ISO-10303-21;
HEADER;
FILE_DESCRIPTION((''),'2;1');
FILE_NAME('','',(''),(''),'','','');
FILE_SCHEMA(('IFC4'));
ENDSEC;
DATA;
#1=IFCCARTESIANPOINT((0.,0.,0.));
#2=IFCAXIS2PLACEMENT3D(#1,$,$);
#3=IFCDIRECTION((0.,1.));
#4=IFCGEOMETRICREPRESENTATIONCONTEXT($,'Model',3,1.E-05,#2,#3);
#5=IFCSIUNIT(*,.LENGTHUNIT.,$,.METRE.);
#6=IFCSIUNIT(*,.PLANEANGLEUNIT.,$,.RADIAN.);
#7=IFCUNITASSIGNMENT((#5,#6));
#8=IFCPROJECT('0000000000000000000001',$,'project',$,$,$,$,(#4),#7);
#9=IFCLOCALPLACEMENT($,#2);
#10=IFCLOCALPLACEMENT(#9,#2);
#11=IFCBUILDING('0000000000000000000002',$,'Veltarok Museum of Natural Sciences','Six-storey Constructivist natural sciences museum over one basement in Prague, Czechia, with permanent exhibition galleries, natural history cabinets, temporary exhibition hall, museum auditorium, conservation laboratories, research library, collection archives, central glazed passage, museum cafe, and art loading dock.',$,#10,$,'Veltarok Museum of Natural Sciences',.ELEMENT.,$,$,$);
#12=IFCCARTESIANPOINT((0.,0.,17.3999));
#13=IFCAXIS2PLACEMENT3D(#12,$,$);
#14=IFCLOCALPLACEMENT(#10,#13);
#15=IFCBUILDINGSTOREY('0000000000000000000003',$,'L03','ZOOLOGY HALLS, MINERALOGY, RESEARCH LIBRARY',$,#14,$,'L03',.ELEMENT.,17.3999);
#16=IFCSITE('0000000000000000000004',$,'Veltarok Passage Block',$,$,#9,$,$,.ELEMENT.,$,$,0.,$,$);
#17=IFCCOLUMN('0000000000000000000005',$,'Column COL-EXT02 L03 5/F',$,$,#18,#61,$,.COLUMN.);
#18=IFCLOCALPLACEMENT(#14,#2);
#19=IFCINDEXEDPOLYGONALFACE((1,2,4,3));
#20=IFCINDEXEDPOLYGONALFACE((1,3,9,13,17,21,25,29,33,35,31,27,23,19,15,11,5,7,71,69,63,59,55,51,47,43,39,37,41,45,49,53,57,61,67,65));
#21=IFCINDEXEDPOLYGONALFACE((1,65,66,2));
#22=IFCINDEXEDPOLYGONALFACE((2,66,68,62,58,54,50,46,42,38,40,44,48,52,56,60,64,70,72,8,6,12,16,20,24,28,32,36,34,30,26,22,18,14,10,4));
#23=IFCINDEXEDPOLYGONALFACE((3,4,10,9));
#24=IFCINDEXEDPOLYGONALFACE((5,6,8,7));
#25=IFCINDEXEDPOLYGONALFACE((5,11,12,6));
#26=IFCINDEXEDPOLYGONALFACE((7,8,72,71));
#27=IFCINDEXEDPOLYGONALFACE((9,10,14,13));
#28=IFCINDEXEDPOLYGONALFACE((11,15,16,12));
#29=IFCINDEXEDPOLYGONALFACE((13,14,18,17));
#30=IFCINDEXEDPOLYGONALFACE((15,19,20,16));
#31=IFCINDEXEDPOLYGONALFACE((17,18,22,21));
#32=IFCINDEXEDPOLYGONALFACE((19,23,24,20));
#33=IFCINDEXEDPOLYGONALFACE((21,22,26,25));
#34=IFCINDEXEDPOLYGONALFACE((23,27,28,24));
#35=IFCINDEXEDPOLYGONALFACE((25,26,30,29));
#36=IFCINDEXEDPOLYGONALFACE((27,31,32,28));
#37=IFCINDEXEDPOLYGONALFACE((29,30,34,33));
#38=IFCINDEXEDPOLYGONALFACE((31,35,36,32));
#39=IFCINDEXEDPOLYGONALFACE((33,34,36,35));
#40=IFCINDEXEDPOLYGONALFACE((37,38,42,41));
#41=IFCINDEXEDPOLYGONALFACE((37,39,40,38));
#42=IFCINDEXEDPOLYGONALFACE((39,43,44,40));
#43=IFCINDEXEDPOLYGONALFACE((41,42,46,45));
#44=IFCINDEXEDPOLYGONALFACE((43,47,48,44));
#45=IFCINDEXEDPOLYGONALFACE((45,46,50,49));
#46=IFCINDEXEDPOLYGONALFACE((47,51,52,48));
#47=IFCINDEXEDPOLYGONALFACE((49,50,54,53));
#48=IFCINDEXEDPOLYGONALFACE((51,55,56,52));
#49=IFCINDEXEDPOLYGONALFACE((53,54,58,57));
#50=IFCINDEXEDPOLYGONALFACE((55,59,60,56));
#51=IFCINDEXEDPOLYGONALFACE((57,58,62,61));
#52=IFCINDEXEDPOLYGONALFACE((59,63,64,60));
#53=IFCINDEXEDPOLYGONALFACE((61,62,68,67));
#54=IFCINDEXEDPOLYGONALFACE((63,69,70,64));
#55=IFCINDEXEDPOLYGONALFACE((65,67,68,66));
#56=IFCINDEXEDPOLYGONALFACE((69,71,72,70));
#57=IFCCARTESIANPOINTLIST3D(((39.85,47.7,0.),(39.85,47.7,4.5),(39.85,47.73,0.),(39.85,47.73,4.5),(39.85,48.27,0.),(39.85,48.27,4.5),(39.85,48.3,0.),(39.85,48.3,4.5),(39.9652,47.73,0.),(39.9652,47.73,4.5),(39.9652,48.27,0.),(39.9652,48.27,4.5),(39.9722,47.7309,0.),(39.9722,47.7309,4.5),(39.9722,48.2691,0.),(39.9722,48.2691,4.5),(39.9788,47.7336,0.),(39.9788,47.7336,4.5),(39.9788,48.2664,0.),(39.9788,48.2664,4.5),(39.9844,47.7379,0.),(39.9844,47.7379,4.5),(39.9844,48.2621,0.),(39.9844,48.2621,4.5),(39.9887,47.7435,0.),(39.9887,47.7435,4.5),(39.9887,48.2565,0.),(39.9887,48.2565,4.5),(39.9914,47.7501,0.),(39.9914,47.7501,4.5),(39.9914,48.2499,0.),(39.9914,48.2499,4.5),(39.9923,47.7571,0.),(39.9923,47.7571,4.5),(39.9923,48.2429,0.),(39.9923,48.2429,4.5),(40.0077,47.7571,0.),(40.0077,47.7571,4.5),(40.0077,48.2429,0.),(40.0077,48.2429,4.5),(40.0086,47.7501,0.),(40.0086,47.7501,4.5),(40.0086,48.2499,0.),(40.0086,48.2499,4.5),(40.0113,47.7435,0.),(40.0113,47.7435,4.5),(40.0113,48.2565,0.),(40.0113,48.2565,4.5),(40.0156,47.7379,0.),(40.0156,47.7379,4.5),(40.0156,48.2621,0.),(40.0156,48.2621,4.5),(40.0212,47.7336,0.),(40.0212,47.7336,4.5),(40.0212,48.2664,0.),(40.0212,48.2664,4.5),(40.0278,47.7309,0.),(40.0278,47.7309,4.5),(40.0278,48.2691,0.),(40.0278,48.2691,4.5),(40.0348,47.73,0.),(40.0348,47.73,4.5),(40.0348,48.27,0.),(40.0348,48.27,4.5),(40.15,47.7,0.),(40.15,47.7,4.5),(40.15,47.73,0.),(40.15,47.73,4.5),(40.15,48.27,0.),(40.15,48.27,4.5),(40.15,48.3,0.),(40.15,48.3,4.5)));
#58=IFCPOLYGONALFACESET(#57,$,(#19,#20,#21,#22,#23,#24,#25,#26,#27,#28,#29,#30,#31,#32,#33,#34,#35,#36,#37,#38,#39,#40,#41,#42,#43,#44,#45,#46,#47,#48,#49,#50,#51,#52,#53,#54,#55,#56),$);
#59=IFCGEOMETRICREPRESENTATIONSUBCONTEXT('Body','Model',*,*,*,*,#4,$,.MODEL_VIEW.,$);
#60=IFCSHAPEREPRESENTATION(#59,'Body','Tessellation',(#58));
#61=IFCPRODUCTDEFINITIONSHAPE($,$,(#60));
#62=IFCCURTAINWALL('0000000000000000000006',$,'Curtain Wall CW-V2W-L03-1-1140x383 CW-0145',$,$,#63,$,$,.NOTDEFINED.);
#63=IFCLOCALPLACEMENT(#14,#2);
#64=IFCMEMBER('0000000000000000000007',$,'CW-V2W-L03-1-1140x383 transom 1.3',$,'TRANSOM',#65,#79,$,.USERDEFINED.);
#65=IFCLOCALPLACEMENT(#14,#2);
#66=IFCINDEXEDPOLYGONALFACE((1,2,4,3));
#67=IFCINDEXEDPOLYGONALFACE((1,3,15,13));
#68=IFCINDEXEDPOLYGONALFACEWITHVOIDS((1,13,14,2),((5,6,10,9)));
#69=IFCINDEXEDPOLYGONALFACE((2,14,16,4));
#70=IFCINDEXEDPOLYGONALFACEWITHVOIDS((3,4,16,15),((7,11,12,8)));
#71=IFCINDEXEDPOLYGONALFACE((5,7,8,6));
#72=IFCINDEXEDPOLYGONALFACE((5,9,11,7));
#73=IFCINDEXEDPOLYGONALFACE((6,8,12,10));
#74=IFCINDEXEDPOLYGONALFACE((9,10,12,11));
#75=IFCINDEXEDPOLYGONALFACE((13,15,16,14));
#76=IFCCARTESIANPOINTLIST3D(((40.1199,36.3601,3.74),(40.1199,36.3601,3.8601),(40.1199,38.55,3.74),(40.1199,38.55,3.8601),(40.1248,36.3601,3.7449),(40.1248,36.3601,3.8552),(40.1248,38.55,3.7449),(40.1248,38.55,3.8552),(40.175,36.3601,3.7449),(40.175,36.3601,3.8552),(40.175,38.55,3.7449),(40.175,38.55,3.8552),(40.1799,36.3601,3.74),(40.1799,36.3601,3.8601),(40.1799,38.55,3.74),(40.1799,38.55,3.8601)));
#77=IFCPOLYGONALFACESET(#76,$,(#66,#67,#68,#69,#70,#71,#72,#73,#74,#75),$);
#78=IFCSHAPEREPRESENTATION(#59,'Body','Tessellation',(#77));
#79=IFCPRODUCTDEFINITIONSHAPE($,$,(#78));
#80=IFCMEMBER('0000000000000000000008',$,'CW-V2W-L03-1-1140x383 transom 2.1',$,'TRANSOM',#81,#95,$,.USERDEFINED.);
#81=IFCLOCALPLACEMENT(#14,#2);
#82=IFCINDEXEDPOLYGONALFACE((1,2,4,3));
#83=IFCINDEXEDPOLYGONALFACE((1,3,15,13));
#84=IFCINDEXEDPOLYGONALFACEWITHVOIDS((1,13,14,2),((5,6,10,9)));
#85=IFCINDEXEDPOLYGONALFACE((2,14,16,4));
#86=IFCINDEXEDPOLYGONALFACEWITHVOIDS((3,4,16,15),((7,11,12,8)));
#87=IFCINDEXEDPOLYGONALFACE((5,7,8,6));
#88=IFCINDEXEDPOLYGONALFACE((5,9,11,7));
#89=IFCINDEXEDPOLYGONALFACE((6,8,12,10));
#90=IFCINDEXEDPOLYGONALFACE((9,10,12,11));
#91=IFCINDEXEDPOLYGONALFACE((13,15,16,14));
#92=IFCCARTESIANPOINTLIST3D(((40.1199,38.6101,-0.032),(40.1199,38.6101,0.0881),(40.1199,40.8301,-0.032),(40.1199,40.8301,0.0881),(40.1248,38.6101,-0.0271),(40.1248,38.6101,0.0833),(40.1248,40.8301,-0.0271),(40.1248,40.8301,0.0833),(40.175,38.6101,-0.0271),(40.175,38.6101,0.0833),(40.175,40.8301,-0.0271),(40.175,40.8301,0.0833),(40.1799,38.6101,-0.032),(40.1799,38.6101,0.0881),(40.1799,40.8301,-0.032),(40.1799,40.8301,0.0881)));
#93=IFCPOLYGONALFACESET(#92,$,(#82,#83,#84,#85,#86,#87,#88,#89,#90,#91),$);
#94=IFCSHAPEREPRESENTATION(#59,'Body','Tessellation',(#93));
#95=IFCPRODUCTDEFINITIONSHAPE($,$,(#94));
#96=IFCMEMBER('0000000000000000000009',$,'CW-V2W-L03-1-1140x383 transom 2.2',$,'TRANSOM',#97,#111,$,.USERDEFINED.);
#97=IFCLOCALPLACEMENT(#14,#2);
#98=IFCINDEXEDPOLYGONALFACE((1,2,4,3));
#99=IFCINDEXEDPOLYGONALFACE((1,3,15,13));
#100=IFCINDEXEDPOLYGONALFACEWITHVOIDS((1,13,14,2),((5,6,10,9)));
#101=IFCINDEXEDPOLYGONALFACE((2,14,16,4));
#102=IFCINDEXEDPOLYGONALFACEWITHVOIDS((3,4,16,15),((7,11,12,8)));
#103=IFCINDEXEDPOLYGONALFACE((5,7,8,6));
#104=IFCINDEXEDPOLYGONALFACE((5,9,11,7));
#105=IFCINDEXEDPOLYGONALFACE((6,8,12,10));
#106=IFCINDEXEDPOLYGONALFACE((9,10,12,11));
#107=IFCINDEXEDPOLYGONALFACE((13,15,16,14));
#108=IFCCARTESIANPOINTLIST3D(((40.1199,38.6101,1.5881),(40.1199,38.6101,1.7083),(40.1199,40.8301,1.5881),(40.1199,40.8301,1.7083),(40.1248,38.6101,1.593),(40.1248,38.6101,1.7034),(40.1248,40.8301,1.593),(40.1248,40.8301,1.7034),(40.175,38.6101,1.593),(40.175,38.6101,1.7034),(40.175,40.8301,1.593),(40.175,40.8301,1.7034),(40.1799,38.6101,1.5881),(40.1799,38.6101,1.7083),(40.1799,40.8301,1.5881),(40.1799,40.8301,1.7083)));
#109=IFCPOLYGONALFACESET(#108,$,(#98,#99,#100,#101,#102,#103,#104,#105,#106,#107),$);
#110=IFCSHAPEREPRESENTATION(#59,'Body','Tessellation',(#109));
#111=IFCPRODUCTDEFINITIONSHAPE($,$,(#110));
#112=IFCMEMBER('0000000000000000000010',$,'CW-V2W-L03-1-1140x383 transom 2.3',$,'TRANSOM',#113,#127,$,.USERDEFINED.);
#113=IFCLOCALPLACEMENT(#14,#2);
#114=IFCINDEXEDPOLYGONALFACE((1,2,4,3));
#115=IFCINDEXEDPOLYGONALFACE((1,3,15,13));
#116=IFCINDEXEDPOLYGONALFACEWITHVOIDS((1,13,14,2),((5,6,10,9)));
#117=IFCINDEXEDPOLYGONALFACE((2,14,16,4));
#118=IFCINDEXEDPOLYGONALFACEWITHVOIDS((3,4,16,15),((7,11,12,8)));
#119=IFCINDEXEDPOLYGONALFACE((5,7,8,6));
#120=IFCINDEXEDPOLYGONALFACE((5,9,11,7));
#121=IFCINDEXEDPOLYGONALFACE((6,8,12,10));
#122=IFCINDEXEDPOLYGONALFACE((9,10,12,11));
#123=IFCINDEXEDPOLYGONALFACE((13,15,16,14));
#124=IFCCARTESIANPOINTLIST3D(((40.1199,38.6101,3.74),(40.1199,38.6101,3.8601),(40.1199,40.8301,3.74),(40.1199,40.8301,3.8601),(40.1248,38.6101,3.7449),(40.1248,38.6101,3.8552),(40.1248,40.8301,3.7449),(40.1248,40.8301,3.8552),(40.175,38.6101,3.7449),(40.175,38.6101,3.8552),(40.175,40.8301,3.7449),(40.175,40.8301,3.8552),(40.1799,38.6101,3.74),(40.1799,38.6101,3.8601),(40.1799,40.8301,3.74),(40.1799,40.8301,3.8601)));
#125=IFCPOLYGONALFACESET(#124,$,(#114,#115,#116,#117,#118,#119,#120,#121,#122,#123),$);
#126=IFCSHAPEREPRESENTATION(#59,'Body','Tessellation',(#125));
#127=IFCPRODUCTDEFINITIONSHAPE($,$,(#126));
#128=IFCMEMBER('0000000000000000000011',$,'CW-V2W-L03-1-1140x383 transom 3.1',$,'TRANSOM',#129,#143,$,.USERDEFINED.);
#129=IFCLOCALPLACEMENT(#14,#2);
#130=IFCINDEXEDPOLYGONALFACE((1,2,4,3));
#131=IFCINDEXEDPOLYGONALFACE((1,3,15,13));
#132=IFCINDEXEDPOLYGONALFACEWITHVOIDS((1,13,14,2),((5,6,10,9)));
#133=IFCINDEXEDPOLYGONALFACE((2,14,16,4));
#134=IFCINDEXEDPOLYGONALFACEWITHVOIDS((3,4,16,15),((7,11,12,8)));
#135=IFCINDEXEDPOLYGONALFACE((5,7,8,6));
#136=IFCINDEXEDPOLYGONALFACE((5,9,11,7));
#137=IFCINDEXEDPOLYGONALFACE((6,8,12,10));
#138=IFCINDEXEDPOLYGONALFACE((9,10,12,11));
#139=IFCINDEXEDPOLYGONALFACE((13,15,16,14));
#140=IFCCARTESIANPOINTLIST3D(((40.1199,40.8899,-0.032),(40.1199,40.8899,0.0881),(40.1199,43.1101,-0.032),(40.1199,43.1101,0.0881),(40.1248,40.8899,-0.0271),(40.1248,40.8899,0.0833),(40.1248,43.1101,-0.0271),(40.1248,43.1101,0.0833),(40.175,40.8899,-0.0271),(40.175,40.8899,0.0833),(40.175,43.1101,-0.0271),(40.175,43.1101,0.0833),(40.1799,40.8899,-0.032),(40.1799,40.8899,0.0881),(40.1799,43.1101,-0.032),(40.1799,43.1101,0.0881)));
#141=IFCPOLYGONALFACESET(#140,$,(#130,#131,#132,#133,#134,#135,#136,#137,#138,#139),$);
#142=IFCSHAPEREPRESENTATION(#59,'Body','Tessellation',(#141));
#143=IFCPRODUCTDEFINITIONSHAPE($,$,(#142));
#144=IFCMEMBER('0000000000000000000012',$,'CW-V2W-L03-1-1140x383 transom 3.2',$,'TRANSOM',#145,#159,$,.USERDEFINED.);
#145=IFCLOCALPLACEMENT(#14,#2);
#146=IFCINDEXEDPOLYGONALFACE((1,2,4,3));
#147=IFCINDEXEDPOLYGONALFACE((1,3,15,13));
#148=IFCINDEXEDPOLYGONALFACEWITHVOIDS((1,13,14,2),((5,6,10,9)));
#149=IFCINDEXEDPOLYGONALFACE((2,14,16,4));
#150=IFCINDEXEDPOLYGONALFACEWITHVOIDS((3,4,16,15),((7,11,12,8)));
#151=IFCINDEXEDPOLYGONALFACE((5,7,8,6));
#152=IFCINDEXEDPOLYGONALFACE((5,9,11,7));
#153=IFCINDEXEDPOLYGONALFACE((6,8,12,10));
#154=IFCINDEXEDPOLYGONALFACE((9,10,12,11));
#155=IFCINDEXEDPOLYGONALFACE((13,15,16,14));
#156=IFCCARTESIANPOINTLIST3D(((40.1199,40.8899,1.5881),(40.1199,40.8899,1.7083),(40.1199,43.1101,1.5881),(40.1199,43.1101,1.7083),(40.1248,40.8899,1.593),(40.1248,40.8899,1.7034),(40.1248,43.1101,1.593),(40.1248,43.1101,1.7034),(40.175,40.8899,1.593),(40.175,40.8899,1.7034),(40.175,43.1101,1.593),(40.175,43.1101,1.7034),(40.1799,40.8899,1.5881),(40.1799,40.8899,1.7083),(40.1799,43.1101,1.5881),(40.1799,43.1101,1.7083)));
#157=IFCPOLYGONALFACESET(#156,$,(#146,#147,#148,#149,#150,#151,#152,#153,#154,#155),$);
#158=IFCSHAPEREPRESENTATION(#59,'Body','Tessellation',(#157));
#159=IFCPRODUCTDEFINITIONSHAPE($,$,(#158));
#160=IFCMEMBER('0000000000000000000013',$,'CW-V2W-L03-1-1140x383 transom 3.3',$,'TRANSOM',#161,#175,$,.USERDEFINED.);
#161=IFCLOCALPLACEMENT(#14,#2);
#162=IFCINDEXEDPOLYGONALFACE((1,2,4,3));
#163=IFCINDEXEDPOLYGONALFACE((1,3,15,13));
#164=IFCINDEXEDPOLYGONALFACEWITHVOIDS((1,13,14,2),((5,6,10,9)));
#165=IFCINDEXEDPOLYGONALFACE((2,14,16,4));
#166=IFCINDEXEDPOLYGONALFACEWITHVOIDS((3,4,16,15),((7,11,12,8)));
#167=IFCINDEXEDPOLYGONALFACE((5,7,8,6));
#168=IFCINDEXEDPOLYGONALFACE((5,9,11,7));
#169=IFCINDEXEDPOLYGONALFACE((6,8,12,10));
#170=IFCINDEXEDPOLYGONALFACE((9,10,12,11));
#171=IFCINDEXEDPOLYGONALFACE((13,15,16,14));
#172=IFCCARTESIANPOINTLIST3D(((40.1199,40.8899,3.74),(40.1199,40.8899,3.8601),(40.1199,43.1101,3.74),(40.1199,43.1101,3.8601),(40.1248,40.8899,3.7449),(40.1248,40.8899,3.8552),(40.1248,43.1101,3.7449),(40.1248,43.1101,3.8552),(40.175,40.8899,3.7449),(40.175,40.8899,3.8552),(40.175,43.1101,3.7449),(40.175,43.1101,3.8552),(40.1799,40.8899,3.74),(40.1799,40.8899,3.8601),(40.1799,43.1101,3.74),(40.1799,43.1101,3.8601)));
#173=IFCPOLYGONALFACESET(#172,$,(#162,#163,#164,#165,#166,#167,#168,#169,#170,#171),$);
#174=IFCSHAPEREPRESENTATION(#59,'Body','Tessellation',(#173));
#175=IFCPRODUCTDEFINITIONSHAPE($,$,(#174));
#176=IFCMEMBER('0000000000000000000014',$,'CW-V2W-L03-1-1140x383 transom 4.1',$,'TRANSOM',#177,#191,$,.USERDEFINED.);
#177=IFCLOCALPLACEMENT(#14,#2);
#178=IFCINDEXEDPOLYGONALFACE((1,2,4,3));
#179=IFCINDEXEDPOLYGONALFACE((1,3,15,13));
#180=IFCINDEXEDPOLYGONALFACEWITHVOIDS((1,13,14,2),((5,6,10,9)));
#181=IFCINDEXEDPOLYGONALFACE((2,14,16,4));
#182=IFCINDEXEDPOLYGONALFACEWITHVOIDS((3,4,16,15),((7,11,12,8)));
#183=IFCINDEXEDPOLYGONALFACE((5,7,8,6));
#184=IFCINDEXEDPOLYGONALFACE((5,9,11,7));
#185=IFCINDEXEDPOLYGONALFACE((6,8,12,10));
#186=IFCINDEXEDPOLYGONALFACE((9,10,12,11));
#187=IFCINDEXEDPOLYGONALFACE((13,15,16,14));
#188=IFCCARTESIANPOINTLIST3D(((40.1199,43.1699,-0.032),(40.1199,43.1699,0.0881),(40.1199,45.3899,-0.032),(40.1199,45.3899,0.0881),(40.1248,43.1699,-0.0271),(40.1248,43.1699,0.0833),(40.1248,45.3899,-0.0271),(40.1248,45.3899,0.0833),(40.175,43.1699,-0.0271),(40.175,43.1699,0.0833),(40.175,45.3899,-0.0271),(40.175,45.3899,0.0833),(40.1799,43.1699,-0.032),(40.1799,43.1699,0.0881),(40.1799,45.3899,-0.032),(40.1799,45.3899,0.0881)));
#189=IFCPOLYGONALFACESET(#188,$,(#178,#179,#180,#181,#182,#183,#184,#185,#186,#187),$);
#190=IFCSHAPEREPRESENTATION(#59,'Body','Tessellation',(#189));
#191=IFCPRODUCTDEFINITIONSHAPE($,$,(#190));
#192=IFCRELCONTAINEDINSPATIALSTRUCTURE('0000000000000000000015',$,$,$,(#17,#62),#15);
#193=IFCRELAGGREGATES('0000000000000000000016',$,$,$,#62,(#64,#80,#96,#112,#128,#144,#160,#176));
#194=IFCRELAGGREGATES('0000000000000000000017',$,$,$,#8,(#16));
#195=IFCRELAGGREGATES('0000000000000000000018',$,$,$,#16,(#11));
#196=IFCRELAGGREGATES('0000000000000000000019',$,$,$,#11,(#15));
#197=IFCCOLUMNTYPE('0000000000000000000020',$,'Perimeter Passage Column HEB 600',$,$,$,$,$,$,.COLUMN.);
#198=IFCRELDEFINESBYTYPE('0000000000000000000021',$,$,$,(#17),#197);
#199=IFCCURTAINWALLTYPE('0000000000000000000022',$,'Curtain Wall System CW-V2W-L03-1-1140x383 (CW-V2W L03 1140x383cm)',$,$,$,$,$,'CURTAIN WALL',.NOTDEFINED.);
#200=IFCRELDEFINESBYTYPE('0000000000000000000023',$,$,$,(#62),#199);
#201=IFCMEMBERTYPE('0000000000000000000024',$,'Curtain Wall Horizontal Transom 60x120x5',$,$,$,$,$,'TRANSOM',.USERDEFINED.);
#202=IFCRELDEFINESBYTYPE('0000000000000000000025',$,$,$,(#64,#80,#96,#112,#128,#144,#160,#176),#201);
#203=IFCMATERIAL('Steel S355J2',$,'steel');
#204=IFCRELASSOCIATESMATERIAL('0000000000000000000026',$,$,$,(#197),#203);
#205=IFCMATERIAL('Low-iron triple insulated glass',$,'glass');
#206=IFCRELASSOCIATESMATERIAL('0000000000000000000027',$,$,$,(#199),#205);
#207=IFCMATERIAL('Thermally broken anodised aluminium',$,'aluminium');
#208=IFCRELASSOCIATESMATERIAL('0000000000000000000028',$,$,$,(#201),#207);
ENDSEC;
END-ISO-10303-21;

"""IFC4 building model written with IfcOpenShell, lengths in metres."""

from ifc_helpers import new_model, si_unit, direction, frame, origin, origin_2d, place, context, subcontext, project, spatial, hollow_rectangle, i_section, extrude, material, material_profile, profile_set, type_object, element, aggregate, save


model = new_model("IFC4")

# Units and contexts
model_context = context("Model", 3, precision=1e-05, world=origin(), true_north=direction((0.0, 1.0)))
body_context = subcontext(model_context, "Body", "Model", "MODEL_VIEW")
ifc_project = project(units=[si_unit("LENGTHUNIT", "METRE"), si_unit("PLANEANGLEUNIT", "RADIAN")], contexts=[model_context])

# Site, building, storey
site_placement = place(None, origin())
site = spatial("IfcSite", under=ifc_project, at=site_placement, Name="Veltarok Passage Block", CompositionType="ELEMENT", RefElevation=0.0)
building_placement = place(site_placement, origin())
building = spatial("IfcBuilding", under=site, at=building_placement, Name="Veltarok Museum of Natural Sciences", Description="Six-storey Constructivist natural sciences museum over one basement in Prague, Czechia, with permanent exhibition galleries, natural history cabinets, temporary exhibition hall, museum auditorium, conservation laboratories, research library, collection archives, central glazed passage, museum cafe, and art loading dock.", LongName="Veltarok Museum of Natural Sciences", CompositionType="ELEMENT")
storey_placement = place(building_placement, frame((0.0, 0.0, 17.3999)))
storey = spatial("IfcBuildingStorey", under=building, at=storey_placement, Name="L03", Description="ZOOLOGY HALLS, MINERALOGY, RESEARCH LIBRARY", LongName="L03", CompositionType="ELEMENT", Elevation=17.3999)

# Column
ifc_material_1 = material(Name="Steel S355J2", Category="steel")
ifc_material_profile_1 = material_profile(ifc_material_1, i_section(OverallWidth=0.3, OverallDepth=0.6001, WebThickness=0.0154, FlangeThickness=0.03, FilletRadius=0.0271, at=origin_2d()), Name="HEB 600")
ifc_profile_set_1 = profile_set([ifc_material_profile_1], Name="Steel S355J2")
column_type = type_object("IfcColumnType", Name="Perimeter Passage Column HEB 600", PredefinedType="COLUMN", material=ifc_profile_set_1)
column_placement = place(storey_placement, frame((40.0, 48.0, 0.0), z_axis=(0.0, 0.0, 1.0), x_axis=(1.0, 0.0, 0.0)))
element("IfcColumn", 1, at=column_placement, inside=storey, type_object=column_type, Name="Column COL-EXT02 L03 5/F", PredefinedType="COLUMN", context=body_context, shape_type="SweptSolid", body=[
    extrude(i_section(OverallWidth=0.3, OverallDepth=0.6001, WebThickness=0.0154, FlangeThickness=0.03, FilletRadius=0.0271, at=origin_2d()), origin(), (0.0, 0.0, 1.0), 4.5),
])

# Curtain wall, members
ifc_material_2 = material(Name="Low-iron triple insulated glass", Category="glass")
curtain_wall_type_1 = type_object("IfcCurtainWallType", Name="Curtain Wall System CW-V2W-L03-1-1140x383 (CW-V2W L03 1140x383cm)", ElementType="CURTAIN WALL", PredefinedType="NOTDEFINED", material=ifc_material_2)
curtain_wall_1_placement = place(storey_placement, origin())
curtain_wall_1 = element("IfcCurtainWall", 2, at=curtain_wall_1_placement, inside=storey, type_object=curtain_wall_type_1, Name="Curtain Wall CW-V2W-L03-1-1140x383 CW-0145", PredefinedType="NOTDEFINED")
ifc_material_3 = material(Name="Thermally broken anodised aluminium", Category="aluminium")
ifc_material_profile_2 = material_profile(ifc_material_3, hollow_rectangle(XDim=0.0601, YDim=0.1201, WallThickness=0.0049, at=origin_2d()), Name="CW TRANSOM 60x120x5")
ifc_profile_set_2 = profile_set([ifc_material_profile_2], Name="Thermally broken anodised aluminium")
member_type_1 = type_object("IfcMemberType", Name="Curtain Wall Horizontal Transom 60x120x5", ElementType="TRANSOM", PredefinedType="USERDEFINED", material=ifc_profile_set_2)
member_1_placement = place(storey_placement, frame((40.1499, 36.3601, 3.8), z_axis=(0.0, 1.0, 0.0), x_axis=(-1.0, 0.0, 0.0)))
member_1 = element("IfcMember", 3, at=member_1_placement, type_object=member_type_1, Name="CW-V2W-L03-1-1140x383 transom 1.3", ObjectType="TRANSOM", PredefinedType="USERDEFINED", context=body_context, shape_type="SweptSolid", body=[
    extrude(hollow_rectangle(XDim=0.0601, YDim=0.1201, WallThickness=0.0049, at=origin_2d()), origin(), (0.0, 0.0, 1.0), 2.1899),
])
member_2_placement = place(storey_placement, frame((40.1499, 38.6101, 0.0281), z_axis=(0.0, 1.0, 0.0), x_axis=(-1.0, 0.0, 0.0)))
member_2 = element("IfcMember", 4, at=member_2_placement, type_object=member_type_1, Name="CW-V2W-L03-1-1140x383 transom 2.1", ObjectType="TRANSOM", PredefinedType="USERDEFINED", context=body_context, shape_type="SweptSolid", body=[
    extrude(hollow_rectangle(XDim=0.0601, YDim=0.1201, WallThickness=0.0049, at=origin_2d()), origin(), (0.0, 0.0, 1.0), 2.22),
])
member_3_placement = place(storey_placement, frame((40.1499, 38.6101, 1.6482), z_axis=(0.0, 1.0, 0.0), x_axis=(-1.0, 0.0, 0.0)))
member_3 = element("IfcMember", 5, at=member_3_placement, type_object=member_type_1, Name="CW-V2W-L03-1-1140x383 transom 2.2", ObjectType="TRANSOM", PredefinedType="USERDEFINED", context=body_context, shape_type="SweptSolid", body=[
    extrude(hollow_rectangle(XDim=0.0601, YDim=0.1201, WallThickness=0.0049, at=origin_2d()), origin(), (0.0, 0.0, 1.0), 2.22),
])
member_4_placement = place(storey_placement, frame((40.1499, 38.6101, 3.8), z_axis=(0.0, 1.0, 0.0), x_axis=(-1.0, 0.0, 0.0)))
member_4 = element("IfcMember", 6, at=member_4_placement, type_object=member_type_1, Name="CW-V2W-L03-1-1140x383 transom 2.3", ObjectType="TRANSOM", PredefinedType="USERDEFINED", context=body_context, shape_type="SweptSolid", body=[
    extrude(hollow_rectangle(XDim=0.0601, YDim=0.1201, WallThickness=0.0049, at=origin_2d()), origin(), (0.0, 0.0, 1.0), 2.22),
])
member_5_placement = place(storey_placement, frame((40.1499, 40.8899, 0.0281), z_axis=(0.0, 1.0, 0.0), x_axis=(-1.0, 0.0, 0.0)))
member_5 = element("IfcMember", 7, at=member_5_placement, type_object=member_type_1, Name="CW-V2W-L03-1-1140x383 transom 3.1", ObjectType="TRANSOM", PredefinedType="USERDEFINED", context=body_context, shape_type="SweptSolid", body=[
    extrude(hollow_rectangle(XDim=0.0601, YDim=0.1201, WallThickness=0.0049, at=origin_2d()), origin(), (0.0, 0.0, 1.0), 2.2202),
])
member_6_placement = place(storey_placement, frame((40.1499, 40.8899, 1.6482), z_axis=(0.0, 1.0, 0.0), x_axis=(-1.0, 0.0, 0.0)))
member_6 = element("IfcMember", 8, at=member_6_placement, type_object=member_type_1, Name="CW-V2W-L03-1-1140x383 transom 3.2", ObjectType="TRANSOM", PredefinedType="USERDEFINED", context=body_context, shape_type="SweptSolid", body=[
    extrude(hollow_rectangle(XDim=0.0601, YDim=0.1201, WallThickness=0.0049, at=origin_2d()), origin(), (0.0, 0.0, 1.0), 2.2202),
])
member_7_placement = place(storey_placement, frame((40.1499, 40.8899, 3.8), z_axis=(0.0, 1.0, 0.0), x_axis=(-1.0, 0.0, 0.0)))
member_7 = element("IfcMember", 9, at=member_7_placement, type_object=member_type_1, Name="CW-V2W-L03-1-1140x383 transom 3.3", ObjectType="TRANSOM", PredefinedType="USERDEFINED", context=body_context, shape_type="SweptSolid", body=[
    extrude(hollow_rectangle(XDim=0.0601, YDim=0.1201, WallThickness=0.0049, at=origin_2d()), origin(), (0.0, 0.0, 1.0), 2.2202),
])
member_8_placement = place(storey_placement, frame((40.1499, 43.1699, 0.0281), z_axis=(0.0, 1.0, 0.0), x_axis=(-1.0, 0.0, 0.0)))
member_8 = element("IfcMember", 10, at=member_8_placement, type_object=member_type_1, Name="CW-V2W-L03-1-1140x383 transom 4.1", ObjectType="TRANSOM", PredefinedType="USERDEFINED", context=body_context, shape_type="SweptSolid", body=[
    extrude(hollow_rectangle(XDim=0.0601, YDim=0.1201, WallThickness=0.0049, at=origin_2d()), origin(), (0.0, 0.0, 1.0), 2.22),
])

aggregate(curtain_wall_1, [member_1, member_2, member_3, member_4, member_5, member_6, member_7, member_8])

save(model, "model.ifc")
